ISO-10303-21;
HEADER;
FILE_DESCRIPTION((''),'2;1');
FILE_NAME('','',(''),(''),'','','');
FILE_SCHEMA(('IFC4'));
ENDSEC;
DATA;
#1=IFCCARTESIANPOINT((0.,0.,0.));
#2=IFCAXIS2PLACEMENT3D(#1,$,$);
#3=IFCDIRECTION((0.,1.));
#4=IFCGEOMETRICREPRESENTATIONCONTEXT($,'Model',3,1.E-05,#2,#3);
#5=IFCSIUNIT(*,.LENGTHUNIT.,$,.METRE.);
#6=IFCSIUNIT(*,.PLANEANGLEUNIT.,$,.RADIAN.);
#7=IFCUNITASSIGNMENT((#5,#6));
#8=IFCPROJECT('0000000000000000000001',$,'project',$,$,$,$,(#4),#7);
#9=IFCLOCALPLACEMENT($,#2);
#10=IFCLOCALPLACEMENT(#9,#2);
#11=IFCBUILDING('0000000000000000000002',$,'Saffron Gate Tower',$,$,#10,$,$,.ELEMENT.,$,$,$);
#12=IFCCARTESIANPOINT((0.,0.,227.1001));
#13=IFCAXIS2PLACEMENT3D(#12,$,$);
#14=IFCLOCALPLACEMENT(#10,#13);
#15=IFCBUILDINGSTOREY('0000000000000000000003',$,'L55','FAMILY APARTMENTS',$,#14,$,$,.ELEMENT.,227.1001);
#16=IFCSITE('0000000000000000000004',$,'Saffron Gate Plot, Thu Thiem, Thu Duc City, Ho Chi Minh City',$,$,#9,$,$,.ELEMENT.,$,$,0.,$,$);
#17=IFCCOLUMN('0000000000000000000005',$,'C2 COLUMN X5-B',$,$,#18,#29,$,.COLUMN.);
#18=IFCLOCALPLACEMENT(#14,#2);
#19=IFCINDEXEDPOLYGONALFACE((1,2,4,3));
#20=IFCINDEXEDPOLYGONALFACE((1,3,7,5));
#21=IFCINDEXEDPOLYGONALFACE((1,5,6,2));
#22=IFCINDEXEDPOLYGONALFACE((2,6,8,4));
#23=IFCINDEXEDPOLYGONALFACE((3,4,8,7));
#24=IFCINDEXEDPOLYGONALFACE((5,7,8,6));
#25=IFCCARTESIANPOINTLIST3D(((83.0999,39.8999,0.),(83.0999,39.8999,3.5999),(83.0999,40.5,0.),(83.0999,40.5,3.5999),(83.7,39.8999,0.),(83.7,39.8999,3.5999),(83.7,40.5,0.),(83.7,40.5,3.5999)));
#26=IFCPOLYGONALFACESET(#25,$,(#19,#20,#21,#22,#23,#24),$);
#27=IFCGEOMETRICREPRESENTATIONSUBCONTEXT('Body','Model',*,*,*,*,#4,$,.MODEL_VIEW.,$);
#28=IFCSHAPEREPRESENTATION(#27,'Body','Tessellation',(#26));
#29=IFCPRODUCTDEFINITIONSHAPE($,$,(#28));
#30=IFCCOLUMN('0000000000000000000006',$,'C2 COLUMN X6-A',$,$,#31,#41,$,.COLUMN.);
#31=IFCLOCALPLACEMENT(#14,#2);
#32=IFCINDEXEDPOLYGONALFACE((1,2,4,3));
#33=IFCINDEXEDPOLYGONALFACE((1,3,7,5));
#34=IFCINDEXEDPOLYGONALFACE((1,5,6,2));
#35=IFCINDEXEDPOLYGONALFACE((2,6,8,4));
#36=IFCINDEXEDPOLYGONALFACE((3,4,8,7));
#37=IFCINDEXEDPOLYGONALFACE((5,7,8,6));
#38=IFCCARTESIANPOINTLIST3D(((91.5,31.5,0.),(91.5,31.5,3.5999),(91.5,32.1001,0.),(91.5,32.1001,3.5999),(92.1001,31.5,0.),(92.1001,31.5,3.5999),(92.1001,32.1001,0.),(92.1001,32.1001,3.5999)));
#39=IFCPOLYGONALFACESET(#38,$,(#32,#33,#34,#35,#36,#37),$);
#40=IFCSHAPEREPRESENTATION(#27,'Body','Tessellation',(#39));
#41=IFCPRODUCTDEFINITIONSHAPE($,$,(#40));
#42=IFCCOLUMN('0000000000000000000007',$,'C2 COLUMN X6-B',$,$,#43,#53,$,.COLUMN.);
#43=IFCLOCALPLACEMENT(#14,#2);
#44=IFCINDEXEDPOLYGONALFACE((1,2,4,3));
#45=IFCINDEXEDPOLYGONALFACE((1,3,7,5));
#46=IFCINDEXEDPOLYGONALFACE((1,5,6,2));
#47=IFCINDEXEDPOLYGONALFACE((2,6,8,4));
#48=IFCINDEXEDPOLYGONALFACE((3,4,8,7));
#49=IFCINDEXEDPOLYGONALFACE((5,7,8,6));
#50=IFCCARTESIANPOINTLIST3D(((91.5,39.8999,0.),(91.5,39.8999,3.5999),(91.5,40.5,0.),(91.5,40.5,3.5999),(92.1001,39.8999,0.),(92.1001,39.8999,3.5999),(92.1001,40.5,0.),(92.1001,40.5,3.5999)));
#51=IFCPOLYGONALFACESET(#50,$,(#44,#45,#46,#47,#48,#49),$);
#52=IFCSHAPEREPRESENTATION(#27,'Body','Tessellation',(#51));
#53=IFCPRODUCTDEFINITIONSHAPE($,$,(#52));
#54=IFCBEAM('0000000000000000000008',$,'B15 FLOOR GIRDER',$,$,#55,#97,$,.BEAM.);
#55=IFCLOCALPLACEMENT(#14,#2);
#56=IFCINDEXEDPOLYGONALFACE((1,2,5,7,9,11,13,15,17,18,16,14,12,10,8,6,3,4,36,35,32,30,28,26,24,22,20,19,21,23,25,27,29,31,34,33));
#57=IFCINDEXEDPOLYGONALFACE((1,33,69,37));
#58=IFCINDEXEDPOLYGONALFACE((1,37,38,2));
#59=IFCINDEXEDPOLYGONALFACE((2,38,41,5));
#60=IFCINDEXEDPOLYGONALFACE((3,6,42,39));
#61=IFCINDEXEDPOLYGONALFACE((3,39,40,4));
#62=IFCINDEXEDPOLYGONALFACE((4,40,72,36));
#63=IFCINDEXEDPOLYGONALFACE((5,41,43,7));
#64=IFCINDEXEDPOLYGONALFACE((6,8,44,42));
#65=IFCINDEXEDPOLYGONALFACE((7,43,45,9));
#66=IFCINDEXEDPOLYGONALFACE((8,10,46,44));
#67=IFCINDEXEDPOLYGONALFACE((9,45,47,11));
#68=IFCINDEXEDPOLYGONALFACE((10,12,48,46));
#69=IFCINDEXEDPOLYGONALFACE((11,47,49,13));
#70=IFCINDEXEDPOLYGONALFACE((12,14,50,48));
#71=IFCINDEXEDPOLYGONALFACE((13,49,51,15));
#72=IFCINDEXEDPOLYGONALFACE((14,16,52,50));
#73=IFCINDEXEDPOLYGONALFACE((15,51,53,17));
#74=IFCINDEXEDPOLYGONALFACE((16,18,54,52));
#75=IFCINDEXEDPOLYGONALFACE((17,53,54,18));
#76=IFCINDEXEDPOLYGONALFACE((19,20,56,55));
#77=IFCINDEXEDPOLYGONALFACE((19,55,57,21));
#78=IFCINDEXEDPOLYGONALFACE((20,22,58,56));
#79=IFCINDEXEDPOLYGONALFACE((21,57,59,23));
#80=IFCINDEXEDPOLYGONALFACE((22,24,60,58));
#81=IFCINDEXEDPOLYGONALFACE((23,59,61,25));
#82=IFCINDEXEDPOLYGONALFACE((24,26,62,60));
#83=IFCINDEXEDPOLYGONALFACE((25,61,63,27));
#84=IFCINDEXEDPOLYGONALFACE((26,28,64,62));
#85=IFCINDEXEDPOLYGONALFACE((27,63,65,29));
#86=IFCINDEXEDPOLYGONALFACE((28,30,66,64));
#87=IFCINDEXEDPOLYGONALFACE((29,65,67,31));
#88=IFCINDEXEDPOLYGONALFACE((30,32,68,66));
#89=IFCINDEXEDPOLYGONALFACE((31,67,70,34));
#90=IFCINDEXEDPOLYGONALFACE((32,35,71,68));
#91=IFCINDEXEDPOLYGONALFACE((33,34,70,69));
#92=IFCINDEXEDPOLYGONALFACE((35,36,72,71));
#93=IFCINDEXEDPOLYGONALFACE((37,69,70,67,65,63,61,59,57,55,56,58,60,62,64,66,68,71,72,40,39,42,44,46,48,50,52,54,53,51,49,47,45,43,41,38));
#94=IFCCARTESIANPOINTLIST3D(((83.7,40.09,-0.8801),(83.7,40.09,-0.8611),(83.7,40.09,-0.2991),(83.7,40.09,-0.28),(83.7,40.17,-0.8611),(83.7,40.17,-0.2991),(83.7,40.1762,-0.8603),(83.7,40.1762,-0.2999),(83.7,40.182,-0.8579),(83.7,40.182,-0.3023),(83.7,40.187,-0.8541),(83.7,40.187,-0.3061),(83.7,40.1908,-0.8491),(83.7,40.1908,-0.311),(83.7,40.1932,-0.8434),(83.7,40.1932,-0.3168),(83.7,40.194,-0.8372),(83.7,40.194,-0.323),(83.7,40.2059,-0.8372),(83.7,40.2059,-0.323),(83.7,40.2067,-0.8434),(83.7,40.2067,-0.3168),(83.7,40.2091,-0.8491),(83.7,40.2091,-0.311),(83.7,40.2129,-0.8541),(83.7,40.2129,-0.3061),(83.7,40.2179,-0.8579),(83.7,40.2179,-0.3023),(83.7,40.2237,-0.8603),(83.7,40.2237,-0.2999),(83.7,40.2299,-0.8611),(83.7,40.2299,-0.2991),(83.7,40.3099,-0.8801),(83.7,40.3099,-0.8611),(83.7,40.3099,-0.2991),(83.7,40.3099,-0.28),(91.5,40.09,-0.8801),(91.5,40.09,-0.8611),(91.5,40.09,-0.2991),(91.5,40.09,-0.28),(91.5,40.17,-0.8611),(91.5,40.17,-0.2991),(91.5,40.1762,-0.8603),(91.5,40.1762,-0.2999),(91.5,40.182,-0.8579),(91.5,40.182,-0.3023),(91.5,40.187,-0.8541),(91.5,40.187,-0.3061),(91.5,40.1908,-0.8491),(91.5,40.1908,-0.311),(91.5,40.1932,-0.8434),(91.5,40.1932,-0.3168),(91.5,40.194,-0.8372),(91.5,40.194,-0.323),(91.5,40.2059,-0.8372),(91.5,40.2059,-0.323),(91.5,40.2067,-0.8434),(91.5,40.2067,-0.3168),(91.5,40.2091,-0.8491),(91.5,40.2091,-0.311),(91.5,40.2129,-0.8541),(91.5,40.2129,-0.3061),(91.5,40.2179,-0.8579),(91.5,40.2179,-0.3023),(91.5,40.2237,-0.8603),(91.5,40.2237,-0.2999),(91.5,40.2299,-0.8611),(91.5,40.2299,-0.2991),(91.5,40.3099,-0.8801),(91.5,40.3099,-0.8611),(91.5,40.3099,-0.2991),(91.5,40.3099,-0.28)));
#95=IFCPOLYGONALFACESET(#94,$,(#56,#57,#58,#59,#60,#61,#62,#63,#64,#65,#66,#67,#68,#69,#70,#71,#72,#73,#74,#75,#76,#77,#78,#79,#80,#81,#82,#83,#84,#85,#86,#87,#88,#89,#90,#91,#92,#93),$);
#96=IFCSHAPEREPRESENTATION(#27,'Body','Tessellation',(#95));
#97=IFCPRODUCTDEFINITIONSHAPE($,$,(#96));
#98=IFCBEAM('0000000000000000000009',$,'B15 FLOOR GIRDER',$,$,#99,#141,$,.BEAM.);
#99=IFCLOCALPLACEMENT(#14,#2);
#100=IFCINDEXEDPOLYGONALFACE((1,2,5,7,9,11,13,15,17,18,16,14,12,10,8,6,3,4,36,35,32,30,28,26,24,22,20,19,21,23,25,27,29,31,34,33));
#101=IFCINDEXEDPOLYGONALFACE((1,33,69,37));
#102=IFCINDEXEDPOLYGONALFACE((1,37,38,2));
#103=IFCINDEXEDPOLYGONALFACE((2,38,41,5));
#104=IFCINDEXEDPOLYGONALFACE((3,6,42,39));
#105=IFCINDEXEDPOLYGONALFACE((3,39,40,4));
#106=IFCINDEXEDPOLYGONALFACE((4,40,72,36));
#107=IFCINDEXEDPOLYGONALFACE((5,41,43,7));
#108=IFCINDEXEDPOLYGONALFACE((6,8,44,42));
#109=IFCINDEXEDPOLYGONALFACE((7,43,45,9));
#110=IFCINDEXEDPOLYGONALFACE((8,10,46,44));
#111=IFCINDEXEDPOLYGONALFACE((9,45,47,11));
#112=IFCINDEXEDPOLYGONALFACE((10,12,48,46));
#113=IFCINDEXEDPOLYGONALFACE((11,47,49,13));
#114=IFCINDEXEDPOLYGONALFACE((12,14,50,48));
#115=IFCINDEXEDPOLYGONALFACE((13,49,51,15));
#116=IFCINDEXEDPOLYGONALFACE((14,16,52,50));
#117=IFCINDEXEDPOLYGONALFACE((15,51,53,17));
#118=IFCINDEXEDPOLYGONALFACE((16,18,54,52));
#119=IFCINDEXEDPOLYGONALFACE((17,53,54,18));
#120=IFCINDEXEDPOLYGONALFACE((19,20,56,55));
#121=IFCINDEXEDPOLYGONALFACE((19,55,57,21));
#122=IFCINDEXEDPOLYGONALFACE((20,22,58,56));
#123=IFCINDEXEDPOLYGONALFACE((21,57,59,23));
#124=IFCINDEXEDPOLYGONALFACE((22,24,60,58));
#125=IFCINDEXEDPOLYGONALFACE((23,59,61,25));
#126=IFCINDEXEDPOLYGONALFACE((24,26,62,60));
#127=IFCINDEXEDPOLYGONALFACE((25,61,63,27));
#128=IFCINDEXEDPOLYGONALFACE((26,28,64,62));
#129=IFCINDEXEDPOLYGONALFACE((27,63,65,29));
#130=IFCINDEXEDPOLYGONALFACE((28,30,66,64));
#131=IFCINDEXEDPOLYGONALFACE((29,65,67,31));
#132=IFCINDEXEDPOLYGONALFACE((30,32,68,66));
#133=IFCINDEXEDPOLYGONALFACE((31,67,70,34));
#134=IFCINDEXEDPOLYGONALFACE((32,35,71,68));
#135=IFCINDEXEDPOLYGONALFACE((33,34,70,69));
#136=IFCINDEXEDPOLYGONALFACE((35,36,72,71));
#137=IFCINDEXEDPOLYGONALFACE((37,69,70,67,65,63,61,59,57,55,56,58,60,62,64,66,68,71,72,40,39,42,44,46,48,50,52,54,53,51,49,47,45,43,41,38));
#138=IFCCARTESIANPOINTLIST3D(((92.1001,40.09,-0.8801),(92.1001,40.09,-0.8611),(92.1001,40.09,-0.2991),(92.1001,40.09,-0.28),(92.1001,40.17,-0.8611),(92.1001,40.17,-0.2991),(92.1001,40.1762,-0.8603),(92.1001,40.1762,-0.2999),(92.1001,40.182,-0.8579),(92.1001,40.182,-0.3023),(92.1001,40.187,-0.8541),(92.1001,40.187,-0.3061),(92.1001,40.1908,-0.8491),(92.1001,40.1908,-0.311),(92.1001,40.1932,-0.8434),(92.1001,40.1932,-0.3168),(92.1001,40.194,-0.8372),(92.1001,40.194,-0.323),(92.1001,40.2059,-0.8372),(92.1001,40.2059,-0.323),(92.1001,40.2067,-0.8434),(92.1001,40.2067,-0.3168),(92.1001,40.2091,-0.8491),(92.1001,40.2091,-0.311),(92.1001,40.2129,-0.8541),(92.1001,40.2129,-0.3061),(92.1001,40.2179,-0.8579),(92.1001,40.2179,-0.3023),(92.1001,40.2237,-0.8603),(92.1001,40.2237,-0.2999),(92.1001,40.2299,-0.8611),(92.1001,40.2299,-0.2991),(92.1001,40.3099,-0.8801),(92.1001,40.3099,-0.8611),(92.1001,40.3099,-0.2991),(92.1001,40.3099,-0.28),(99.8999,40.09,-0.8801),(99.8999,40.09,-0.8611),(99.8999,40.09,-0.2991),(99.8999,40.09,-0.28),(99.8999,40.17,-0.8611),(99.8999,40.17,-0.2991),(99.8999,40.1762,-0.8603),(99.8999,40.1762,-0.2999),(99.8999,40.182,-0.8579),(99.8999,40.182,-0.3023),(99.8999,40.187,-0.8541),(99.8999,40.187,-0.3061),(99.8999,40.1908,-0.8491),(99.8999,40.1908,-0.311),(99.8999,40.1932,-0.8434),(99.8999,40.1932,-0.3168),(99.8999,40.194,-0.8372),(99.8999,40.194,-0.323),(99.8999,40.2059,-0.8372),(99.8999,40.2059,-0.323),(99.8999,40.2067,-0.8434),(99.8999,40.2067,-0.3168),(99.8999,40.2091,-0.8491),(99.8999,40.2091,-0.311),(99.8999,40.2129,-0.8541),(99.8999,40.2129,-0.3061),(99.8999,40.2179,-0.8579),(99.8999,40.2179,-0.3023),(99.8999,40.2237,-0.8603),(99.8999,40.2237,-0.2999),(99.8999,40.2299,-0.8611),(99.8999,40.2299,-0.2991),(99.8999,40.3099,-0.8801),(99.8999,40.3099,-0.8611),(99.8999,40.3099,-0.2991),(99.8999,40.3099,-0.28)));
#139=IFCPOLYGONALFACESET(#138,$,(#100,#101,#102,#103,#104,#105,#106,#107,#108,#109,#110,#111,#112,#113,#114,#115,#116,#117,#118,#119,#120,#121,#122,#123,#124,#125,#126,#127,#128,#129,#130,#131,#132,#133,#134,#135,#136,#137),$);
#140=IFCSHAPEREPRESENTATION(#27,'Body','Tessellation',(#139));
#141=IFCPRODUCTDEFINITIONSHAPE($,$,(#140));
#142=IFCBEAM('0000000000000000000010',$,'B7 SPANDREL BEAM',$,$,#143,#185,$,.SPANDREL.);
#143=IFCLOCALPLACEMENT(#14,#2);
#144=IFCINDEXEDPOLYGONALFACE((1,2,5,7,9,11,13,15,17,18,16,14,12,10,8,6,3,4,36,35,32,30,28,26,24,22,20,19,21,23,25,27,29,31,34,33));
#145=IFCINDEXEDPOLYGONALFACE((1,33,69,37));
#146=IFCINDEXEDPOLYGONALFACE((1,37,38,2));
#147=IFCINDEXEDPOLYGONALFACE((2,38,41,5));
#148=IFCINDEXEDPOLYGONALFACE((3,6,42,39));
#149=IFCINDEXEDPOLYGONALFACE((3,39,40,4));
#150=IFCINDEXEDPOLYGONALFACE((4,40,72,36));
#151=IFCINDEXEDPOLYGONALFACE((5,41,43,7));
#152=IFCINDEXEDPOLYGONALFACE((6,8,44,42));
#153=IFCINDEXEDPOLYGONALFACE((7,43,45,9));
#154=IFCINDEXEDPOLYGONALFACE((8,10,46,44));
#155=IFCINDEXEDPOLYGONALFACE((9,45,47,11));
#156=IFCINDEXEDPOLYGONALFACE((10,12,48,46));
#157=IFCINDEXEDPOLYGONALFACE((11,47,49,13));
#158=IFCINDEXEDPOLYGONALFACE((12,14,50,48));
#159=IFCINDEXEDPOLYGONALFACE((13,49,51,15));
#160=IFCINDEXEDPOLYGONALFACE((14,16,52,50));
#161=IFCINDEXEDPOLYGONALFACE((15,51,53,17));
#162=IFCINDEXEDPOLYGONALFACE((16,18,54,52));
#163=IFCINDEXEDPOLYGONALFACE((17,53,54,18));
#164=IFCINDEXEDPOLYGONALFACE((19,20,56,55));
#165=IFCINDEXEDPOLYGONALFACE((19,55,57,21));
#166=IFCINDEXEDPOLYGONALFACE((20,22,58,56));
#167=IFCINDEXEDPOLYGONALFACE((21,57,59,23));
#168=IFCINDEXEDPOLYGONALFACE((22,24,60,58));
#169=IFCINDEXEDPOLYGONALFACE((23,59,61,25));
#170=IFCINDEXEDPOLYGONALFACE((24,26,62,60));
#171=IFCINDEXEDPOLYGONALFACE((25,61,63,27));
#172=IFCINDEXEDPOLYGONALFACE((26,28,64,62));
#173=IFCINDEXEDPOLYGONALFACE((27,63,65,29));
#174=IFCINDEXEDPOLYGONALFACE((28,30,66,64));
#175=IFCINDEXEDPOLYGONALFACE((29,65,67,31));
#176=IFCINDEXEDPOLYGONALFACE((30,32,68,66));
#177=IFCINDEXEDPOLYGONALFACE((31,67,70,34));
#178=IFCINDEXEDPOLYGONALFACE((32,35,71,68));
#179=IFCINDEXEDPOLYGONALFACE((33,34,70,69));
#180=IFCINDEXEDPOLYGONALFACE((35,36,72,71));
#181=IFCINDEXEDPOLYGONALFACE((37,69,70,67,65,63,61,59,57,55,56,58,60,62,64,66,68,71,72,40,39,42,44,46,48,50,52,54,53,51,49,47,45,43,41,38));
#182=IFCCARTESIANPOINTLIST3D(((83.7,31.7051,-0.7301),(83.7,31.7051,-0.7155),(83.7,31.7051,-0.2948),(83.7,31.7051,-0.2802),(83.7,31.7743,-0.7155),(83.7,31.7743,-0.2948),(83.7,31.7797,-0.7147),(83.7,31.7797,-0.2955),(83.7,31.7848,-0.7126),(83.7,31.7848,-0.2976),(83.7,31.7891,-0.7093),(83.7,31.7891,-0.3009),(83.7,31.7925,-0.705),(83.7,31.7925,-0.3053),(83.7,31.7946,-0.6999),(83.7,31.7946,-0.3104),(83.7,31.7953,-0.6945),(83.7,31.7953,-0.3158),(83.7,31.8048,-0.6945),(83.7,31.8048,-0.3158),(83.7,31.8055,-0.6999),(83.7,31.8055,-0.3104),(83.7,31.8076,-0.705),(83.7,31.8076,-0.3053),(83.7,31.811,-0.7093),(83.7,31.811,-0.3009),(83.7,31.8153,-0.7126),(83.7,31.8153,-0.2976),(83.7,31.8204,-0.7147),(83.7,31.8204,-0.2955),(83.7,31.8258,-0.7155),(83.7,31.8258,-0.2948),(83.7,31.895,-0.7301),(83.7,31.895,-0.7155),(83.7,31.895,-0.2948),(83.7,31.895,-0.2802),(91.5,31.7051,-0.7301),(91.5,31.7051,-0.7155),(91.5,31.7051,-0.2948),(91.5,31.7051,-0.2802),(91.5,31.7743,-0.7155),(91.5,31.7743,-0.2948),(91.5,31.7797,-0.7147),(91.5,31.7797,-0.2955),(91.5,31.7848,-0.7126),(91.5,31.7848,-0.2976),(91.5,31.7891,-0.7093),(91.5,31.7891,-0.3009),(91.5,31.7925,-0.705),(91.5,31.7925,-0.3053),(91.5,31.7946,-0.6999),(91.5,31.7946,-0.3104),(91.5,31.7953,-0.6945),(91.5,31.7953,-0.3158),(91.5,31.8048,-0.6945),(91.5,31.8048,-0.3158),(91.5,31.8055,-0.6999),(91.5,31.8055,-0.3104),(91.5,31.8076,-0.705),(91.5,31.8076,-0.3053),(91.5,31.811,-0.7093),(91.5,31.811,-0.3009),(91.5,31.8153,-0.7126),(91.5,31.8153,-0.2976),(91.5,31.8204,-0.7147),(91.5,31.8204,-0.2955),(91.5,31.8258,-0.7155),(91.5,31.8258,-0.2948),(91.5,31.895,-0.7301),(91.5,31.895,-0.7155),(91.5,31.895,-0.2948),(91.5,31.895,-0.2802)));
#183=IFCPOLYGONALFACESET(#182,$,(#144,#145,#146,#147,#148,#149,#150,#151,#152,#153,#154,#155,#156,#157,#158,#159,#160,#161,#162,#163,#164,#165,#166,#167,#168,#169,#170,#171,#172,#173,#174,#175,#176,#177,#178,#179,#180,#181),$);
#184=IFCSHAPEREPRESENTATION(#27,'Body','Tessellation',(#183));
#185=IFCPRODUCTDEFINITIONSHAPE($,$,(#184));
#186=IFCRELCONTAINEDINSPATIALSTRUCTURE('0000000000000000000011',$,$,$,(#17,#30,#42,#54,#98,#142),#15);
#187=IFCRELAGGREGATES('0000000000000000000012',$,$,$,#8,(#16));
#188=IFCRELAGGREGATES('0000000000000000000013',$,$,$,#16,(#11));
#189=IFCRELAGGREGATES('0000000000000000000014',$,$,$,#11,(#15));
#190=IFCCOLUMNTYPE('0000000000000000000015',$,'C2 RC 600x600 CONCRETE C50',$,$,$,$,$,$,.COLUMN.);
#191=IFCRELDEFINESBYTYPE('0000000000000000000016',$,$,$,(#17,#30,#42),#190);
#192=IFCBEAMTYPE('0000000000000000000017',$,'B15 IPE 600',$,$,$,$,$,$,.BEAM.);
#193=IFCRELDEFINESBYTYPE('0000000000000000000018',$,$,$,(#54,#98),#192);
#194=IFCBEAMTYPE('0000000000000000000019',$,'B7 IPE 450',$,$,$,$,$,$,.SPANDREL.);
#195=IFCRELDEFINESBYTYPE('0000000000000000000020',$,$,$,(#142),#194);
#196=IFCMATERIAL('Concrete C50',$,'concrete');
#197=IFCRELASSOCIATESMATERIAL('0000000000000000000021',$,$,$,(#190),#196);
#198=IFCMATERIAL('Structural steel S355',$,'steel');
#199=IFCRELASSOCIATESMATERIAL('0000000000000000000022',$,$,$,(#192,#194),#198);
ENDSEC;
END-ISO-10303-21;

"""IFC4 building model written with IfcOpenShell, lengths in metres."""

from ifc_helpers import new_model, si_unit, direction, frame, origin, origin_2d, place, context, subcontext, project, spatial, rectangle, i_section, extrude, material, material_profile, profile_set, type_object, element, save


model = new_model("IFC4")

# Units and contexts
model_context = context("Model", 3, precision=1e-05, world=origin(), true_north=direction((0.0, 1.0)))
body_context = subcontext(model_context, "Body", "Model", "MODEL_VIEW")
ifc_project = project(units=[si_unit("LENGTHUNIT", "METRE"), si_unit("PLANEANGLEUNIT", "RADIAN")], contexts=[model_context])

# Site, building, storey
site_placement = place(None, origin())
site = spatial("IfcSite", under=ifc_project, at=site_placement, Name="Saffron Gate Plot, Thu Thiem, Thu Duc City, Ho Chi Minh City", CompositionType="ELEMENT", RefElevation=0.0)
building_placement = place(site_placement, origin())
building = spatial("IfcBuilding", under=site, at=building_placement, Name="Saffron Gate Tower", CompositionType="ELEMENT")
storey_placement = place(building_placement, frame((0.0, 0.0, 227.1001)))
storey = spatial("IfcBuildingStorey", under=building, at=storey_placement, Name="L55", Description="FAMILY APARTMENTS", CompositionType="ELEMENT", Elevation=227.1001)

# Columns
ifc_material_1 = material(Name="Concrete C50", Category="concrete")
ifc_material_profile_1 = material_profile(ifc_material_1, rectangle(XDim=0.6001, YDim=0.6001, at=origin_2d()))
ifc_profile_set_1 = profile_set([ifc_material_profile_1], Name="Concrete C50")
column_type = type_object("IfcColumnType", Name="C2 RC 600x600 CONCRETE C50", PredefinedType="COLUMN", material=ifc_profile_set_1)
for number, where, z_axis, x_axis, name in (
    (1, (83.3999, 40.2, 0.0), (0.0, 0.0, 1.0), (1.0, 0.0, 0.0), "C2 COLUMN X5-B"),
    (2, (91.8, 31.8, 0.0), (0.0, 0.0, 1.0), (1.0, 0.0, 0.0), "C2 COLUMN X6-A"),
    (3, (91.8, 40.2, 0.0), (0.0, 0.0, 1.0), (1.0, 0.0, 0.0), "C2 COLUMN X6-B"),
):
    element("IfcColumn", number, at=place(storey_placement, frame(where, z_axis=z_axis, x_axis=x_axis)), inside=storey, type_object=column_type, Name=name, PredefinedType="COLUMN", context=body_context, shape_type="SweptSolid", body=[
        extrude(rectangle(XDim=0.6001, YDim=0.6001, at=origin_2d()), origin(), (0.0, 0.0, 1.0), 3.5999),
    ])

# Beams
ifc_material_2 = material(Name="Structural steel S355", Category="steel")
ifc_material_profile_2 = material_profile(ifc_material_2, i_section(OverallWidth=0.22, OverallDepth=0.6001, WebThickness=0.012, FlangeThickness=0.019, FilletRadius=0.0239, at=origin_2d()))
ifc_profile_set_2 = profile_set([ifc_material_profile_2], Name="Structural steel S355")
beam_type_1 = type_object("IfcBeamType", Name="B15 IPE 600", PredefinedType="BEAM", material=ifc_profile_set_2)
beam_1_placement = place(storey_placement, frame((83.7, 40.2, -0.5801), z_axis=(1.0, 0.0, 0.0), x_axis=(0.0, 1.0, 0.0)))
element("IfcBeam", 4, at=beam_1_placement, inside=storey, type_object=beam_type_1, Name="B15 FLOOR GIRDER", PredefinedType="BEAM", context=body_context, shape_type="SweptSolid", body=[
    extrude(i_section(OverallWidth=0.22, OverallDepth=0.6001, WebThickness=0.012, FlangeThickness=0.019, FilletRadius=0.0239, at=origin_2d()), origin(), (0.0, 0.0, 1.0), 7.8),
])
beam_2_placement = place(storey_placement, frame((92.1001, 40.2, -0.5801), z_axis=(1.0, 0.0, 0.0), x_axis=(0.0, 1.0, 0.0)))
element("IfcBeam", 5, at=beam_2_placement, inside=storey, type_object=beam_type_1, Name="B15 FLOOR GIRDER", PredefinedType="BEAM", context=body_context, shape_type="SweptSolid", body=[
    extrude(i_section(OverallWidth=0.22, OverallDepth=0.6001, WebThickness=0.012, FlangeThickness=0.019, FilletRadius=0.0239, at=origin_2d()), origin(), (0.0, 0.0, 1.0), 7.7998),
])
ifc_material_profile_3 = material_profile(ifc_material_2, i_section(OverallWidth=0.1899, OverallDepth=0.45, WebThickness=0.0095, FlangeThickness=0.0146, FilletRadius=0.021, at=origin_2d()))
ifc_profile_set_3 = profile_set([ifc_material_profile_3], Name="Structural steel S355")
beam_type_2 = type_object("IfcBeamType", Name="B7 IPE 450", PredefinedType="SPANDREL", material=ifc_profile_set_3)
beam_3_placement = place(storey_placement, frame((83.7, 31.8, -0.5051), z_axis=(1.0, 0.0, 0.0), x_axis=(0.0, 1.0, 0.0)))
element("IfcBeam", 6, at=beam_3_placement, inside=storey, type_object=beam_type_2, Name="B7 SPANDREL BEAM", PredefinedType="SPANDREL", context=body_context, shape_type="SweptSolid", body=[
    extrude(i_section(OverallWidth=0.1899, OverallDepth=0.45, WebThickness=0.0095, FlangeThickness=0.0146, FilletRadius=0.021, at=origin_2d()), origin(), (0.0, 0.0, 1.0), 7.8),
])

save(model, "model.ifc")
